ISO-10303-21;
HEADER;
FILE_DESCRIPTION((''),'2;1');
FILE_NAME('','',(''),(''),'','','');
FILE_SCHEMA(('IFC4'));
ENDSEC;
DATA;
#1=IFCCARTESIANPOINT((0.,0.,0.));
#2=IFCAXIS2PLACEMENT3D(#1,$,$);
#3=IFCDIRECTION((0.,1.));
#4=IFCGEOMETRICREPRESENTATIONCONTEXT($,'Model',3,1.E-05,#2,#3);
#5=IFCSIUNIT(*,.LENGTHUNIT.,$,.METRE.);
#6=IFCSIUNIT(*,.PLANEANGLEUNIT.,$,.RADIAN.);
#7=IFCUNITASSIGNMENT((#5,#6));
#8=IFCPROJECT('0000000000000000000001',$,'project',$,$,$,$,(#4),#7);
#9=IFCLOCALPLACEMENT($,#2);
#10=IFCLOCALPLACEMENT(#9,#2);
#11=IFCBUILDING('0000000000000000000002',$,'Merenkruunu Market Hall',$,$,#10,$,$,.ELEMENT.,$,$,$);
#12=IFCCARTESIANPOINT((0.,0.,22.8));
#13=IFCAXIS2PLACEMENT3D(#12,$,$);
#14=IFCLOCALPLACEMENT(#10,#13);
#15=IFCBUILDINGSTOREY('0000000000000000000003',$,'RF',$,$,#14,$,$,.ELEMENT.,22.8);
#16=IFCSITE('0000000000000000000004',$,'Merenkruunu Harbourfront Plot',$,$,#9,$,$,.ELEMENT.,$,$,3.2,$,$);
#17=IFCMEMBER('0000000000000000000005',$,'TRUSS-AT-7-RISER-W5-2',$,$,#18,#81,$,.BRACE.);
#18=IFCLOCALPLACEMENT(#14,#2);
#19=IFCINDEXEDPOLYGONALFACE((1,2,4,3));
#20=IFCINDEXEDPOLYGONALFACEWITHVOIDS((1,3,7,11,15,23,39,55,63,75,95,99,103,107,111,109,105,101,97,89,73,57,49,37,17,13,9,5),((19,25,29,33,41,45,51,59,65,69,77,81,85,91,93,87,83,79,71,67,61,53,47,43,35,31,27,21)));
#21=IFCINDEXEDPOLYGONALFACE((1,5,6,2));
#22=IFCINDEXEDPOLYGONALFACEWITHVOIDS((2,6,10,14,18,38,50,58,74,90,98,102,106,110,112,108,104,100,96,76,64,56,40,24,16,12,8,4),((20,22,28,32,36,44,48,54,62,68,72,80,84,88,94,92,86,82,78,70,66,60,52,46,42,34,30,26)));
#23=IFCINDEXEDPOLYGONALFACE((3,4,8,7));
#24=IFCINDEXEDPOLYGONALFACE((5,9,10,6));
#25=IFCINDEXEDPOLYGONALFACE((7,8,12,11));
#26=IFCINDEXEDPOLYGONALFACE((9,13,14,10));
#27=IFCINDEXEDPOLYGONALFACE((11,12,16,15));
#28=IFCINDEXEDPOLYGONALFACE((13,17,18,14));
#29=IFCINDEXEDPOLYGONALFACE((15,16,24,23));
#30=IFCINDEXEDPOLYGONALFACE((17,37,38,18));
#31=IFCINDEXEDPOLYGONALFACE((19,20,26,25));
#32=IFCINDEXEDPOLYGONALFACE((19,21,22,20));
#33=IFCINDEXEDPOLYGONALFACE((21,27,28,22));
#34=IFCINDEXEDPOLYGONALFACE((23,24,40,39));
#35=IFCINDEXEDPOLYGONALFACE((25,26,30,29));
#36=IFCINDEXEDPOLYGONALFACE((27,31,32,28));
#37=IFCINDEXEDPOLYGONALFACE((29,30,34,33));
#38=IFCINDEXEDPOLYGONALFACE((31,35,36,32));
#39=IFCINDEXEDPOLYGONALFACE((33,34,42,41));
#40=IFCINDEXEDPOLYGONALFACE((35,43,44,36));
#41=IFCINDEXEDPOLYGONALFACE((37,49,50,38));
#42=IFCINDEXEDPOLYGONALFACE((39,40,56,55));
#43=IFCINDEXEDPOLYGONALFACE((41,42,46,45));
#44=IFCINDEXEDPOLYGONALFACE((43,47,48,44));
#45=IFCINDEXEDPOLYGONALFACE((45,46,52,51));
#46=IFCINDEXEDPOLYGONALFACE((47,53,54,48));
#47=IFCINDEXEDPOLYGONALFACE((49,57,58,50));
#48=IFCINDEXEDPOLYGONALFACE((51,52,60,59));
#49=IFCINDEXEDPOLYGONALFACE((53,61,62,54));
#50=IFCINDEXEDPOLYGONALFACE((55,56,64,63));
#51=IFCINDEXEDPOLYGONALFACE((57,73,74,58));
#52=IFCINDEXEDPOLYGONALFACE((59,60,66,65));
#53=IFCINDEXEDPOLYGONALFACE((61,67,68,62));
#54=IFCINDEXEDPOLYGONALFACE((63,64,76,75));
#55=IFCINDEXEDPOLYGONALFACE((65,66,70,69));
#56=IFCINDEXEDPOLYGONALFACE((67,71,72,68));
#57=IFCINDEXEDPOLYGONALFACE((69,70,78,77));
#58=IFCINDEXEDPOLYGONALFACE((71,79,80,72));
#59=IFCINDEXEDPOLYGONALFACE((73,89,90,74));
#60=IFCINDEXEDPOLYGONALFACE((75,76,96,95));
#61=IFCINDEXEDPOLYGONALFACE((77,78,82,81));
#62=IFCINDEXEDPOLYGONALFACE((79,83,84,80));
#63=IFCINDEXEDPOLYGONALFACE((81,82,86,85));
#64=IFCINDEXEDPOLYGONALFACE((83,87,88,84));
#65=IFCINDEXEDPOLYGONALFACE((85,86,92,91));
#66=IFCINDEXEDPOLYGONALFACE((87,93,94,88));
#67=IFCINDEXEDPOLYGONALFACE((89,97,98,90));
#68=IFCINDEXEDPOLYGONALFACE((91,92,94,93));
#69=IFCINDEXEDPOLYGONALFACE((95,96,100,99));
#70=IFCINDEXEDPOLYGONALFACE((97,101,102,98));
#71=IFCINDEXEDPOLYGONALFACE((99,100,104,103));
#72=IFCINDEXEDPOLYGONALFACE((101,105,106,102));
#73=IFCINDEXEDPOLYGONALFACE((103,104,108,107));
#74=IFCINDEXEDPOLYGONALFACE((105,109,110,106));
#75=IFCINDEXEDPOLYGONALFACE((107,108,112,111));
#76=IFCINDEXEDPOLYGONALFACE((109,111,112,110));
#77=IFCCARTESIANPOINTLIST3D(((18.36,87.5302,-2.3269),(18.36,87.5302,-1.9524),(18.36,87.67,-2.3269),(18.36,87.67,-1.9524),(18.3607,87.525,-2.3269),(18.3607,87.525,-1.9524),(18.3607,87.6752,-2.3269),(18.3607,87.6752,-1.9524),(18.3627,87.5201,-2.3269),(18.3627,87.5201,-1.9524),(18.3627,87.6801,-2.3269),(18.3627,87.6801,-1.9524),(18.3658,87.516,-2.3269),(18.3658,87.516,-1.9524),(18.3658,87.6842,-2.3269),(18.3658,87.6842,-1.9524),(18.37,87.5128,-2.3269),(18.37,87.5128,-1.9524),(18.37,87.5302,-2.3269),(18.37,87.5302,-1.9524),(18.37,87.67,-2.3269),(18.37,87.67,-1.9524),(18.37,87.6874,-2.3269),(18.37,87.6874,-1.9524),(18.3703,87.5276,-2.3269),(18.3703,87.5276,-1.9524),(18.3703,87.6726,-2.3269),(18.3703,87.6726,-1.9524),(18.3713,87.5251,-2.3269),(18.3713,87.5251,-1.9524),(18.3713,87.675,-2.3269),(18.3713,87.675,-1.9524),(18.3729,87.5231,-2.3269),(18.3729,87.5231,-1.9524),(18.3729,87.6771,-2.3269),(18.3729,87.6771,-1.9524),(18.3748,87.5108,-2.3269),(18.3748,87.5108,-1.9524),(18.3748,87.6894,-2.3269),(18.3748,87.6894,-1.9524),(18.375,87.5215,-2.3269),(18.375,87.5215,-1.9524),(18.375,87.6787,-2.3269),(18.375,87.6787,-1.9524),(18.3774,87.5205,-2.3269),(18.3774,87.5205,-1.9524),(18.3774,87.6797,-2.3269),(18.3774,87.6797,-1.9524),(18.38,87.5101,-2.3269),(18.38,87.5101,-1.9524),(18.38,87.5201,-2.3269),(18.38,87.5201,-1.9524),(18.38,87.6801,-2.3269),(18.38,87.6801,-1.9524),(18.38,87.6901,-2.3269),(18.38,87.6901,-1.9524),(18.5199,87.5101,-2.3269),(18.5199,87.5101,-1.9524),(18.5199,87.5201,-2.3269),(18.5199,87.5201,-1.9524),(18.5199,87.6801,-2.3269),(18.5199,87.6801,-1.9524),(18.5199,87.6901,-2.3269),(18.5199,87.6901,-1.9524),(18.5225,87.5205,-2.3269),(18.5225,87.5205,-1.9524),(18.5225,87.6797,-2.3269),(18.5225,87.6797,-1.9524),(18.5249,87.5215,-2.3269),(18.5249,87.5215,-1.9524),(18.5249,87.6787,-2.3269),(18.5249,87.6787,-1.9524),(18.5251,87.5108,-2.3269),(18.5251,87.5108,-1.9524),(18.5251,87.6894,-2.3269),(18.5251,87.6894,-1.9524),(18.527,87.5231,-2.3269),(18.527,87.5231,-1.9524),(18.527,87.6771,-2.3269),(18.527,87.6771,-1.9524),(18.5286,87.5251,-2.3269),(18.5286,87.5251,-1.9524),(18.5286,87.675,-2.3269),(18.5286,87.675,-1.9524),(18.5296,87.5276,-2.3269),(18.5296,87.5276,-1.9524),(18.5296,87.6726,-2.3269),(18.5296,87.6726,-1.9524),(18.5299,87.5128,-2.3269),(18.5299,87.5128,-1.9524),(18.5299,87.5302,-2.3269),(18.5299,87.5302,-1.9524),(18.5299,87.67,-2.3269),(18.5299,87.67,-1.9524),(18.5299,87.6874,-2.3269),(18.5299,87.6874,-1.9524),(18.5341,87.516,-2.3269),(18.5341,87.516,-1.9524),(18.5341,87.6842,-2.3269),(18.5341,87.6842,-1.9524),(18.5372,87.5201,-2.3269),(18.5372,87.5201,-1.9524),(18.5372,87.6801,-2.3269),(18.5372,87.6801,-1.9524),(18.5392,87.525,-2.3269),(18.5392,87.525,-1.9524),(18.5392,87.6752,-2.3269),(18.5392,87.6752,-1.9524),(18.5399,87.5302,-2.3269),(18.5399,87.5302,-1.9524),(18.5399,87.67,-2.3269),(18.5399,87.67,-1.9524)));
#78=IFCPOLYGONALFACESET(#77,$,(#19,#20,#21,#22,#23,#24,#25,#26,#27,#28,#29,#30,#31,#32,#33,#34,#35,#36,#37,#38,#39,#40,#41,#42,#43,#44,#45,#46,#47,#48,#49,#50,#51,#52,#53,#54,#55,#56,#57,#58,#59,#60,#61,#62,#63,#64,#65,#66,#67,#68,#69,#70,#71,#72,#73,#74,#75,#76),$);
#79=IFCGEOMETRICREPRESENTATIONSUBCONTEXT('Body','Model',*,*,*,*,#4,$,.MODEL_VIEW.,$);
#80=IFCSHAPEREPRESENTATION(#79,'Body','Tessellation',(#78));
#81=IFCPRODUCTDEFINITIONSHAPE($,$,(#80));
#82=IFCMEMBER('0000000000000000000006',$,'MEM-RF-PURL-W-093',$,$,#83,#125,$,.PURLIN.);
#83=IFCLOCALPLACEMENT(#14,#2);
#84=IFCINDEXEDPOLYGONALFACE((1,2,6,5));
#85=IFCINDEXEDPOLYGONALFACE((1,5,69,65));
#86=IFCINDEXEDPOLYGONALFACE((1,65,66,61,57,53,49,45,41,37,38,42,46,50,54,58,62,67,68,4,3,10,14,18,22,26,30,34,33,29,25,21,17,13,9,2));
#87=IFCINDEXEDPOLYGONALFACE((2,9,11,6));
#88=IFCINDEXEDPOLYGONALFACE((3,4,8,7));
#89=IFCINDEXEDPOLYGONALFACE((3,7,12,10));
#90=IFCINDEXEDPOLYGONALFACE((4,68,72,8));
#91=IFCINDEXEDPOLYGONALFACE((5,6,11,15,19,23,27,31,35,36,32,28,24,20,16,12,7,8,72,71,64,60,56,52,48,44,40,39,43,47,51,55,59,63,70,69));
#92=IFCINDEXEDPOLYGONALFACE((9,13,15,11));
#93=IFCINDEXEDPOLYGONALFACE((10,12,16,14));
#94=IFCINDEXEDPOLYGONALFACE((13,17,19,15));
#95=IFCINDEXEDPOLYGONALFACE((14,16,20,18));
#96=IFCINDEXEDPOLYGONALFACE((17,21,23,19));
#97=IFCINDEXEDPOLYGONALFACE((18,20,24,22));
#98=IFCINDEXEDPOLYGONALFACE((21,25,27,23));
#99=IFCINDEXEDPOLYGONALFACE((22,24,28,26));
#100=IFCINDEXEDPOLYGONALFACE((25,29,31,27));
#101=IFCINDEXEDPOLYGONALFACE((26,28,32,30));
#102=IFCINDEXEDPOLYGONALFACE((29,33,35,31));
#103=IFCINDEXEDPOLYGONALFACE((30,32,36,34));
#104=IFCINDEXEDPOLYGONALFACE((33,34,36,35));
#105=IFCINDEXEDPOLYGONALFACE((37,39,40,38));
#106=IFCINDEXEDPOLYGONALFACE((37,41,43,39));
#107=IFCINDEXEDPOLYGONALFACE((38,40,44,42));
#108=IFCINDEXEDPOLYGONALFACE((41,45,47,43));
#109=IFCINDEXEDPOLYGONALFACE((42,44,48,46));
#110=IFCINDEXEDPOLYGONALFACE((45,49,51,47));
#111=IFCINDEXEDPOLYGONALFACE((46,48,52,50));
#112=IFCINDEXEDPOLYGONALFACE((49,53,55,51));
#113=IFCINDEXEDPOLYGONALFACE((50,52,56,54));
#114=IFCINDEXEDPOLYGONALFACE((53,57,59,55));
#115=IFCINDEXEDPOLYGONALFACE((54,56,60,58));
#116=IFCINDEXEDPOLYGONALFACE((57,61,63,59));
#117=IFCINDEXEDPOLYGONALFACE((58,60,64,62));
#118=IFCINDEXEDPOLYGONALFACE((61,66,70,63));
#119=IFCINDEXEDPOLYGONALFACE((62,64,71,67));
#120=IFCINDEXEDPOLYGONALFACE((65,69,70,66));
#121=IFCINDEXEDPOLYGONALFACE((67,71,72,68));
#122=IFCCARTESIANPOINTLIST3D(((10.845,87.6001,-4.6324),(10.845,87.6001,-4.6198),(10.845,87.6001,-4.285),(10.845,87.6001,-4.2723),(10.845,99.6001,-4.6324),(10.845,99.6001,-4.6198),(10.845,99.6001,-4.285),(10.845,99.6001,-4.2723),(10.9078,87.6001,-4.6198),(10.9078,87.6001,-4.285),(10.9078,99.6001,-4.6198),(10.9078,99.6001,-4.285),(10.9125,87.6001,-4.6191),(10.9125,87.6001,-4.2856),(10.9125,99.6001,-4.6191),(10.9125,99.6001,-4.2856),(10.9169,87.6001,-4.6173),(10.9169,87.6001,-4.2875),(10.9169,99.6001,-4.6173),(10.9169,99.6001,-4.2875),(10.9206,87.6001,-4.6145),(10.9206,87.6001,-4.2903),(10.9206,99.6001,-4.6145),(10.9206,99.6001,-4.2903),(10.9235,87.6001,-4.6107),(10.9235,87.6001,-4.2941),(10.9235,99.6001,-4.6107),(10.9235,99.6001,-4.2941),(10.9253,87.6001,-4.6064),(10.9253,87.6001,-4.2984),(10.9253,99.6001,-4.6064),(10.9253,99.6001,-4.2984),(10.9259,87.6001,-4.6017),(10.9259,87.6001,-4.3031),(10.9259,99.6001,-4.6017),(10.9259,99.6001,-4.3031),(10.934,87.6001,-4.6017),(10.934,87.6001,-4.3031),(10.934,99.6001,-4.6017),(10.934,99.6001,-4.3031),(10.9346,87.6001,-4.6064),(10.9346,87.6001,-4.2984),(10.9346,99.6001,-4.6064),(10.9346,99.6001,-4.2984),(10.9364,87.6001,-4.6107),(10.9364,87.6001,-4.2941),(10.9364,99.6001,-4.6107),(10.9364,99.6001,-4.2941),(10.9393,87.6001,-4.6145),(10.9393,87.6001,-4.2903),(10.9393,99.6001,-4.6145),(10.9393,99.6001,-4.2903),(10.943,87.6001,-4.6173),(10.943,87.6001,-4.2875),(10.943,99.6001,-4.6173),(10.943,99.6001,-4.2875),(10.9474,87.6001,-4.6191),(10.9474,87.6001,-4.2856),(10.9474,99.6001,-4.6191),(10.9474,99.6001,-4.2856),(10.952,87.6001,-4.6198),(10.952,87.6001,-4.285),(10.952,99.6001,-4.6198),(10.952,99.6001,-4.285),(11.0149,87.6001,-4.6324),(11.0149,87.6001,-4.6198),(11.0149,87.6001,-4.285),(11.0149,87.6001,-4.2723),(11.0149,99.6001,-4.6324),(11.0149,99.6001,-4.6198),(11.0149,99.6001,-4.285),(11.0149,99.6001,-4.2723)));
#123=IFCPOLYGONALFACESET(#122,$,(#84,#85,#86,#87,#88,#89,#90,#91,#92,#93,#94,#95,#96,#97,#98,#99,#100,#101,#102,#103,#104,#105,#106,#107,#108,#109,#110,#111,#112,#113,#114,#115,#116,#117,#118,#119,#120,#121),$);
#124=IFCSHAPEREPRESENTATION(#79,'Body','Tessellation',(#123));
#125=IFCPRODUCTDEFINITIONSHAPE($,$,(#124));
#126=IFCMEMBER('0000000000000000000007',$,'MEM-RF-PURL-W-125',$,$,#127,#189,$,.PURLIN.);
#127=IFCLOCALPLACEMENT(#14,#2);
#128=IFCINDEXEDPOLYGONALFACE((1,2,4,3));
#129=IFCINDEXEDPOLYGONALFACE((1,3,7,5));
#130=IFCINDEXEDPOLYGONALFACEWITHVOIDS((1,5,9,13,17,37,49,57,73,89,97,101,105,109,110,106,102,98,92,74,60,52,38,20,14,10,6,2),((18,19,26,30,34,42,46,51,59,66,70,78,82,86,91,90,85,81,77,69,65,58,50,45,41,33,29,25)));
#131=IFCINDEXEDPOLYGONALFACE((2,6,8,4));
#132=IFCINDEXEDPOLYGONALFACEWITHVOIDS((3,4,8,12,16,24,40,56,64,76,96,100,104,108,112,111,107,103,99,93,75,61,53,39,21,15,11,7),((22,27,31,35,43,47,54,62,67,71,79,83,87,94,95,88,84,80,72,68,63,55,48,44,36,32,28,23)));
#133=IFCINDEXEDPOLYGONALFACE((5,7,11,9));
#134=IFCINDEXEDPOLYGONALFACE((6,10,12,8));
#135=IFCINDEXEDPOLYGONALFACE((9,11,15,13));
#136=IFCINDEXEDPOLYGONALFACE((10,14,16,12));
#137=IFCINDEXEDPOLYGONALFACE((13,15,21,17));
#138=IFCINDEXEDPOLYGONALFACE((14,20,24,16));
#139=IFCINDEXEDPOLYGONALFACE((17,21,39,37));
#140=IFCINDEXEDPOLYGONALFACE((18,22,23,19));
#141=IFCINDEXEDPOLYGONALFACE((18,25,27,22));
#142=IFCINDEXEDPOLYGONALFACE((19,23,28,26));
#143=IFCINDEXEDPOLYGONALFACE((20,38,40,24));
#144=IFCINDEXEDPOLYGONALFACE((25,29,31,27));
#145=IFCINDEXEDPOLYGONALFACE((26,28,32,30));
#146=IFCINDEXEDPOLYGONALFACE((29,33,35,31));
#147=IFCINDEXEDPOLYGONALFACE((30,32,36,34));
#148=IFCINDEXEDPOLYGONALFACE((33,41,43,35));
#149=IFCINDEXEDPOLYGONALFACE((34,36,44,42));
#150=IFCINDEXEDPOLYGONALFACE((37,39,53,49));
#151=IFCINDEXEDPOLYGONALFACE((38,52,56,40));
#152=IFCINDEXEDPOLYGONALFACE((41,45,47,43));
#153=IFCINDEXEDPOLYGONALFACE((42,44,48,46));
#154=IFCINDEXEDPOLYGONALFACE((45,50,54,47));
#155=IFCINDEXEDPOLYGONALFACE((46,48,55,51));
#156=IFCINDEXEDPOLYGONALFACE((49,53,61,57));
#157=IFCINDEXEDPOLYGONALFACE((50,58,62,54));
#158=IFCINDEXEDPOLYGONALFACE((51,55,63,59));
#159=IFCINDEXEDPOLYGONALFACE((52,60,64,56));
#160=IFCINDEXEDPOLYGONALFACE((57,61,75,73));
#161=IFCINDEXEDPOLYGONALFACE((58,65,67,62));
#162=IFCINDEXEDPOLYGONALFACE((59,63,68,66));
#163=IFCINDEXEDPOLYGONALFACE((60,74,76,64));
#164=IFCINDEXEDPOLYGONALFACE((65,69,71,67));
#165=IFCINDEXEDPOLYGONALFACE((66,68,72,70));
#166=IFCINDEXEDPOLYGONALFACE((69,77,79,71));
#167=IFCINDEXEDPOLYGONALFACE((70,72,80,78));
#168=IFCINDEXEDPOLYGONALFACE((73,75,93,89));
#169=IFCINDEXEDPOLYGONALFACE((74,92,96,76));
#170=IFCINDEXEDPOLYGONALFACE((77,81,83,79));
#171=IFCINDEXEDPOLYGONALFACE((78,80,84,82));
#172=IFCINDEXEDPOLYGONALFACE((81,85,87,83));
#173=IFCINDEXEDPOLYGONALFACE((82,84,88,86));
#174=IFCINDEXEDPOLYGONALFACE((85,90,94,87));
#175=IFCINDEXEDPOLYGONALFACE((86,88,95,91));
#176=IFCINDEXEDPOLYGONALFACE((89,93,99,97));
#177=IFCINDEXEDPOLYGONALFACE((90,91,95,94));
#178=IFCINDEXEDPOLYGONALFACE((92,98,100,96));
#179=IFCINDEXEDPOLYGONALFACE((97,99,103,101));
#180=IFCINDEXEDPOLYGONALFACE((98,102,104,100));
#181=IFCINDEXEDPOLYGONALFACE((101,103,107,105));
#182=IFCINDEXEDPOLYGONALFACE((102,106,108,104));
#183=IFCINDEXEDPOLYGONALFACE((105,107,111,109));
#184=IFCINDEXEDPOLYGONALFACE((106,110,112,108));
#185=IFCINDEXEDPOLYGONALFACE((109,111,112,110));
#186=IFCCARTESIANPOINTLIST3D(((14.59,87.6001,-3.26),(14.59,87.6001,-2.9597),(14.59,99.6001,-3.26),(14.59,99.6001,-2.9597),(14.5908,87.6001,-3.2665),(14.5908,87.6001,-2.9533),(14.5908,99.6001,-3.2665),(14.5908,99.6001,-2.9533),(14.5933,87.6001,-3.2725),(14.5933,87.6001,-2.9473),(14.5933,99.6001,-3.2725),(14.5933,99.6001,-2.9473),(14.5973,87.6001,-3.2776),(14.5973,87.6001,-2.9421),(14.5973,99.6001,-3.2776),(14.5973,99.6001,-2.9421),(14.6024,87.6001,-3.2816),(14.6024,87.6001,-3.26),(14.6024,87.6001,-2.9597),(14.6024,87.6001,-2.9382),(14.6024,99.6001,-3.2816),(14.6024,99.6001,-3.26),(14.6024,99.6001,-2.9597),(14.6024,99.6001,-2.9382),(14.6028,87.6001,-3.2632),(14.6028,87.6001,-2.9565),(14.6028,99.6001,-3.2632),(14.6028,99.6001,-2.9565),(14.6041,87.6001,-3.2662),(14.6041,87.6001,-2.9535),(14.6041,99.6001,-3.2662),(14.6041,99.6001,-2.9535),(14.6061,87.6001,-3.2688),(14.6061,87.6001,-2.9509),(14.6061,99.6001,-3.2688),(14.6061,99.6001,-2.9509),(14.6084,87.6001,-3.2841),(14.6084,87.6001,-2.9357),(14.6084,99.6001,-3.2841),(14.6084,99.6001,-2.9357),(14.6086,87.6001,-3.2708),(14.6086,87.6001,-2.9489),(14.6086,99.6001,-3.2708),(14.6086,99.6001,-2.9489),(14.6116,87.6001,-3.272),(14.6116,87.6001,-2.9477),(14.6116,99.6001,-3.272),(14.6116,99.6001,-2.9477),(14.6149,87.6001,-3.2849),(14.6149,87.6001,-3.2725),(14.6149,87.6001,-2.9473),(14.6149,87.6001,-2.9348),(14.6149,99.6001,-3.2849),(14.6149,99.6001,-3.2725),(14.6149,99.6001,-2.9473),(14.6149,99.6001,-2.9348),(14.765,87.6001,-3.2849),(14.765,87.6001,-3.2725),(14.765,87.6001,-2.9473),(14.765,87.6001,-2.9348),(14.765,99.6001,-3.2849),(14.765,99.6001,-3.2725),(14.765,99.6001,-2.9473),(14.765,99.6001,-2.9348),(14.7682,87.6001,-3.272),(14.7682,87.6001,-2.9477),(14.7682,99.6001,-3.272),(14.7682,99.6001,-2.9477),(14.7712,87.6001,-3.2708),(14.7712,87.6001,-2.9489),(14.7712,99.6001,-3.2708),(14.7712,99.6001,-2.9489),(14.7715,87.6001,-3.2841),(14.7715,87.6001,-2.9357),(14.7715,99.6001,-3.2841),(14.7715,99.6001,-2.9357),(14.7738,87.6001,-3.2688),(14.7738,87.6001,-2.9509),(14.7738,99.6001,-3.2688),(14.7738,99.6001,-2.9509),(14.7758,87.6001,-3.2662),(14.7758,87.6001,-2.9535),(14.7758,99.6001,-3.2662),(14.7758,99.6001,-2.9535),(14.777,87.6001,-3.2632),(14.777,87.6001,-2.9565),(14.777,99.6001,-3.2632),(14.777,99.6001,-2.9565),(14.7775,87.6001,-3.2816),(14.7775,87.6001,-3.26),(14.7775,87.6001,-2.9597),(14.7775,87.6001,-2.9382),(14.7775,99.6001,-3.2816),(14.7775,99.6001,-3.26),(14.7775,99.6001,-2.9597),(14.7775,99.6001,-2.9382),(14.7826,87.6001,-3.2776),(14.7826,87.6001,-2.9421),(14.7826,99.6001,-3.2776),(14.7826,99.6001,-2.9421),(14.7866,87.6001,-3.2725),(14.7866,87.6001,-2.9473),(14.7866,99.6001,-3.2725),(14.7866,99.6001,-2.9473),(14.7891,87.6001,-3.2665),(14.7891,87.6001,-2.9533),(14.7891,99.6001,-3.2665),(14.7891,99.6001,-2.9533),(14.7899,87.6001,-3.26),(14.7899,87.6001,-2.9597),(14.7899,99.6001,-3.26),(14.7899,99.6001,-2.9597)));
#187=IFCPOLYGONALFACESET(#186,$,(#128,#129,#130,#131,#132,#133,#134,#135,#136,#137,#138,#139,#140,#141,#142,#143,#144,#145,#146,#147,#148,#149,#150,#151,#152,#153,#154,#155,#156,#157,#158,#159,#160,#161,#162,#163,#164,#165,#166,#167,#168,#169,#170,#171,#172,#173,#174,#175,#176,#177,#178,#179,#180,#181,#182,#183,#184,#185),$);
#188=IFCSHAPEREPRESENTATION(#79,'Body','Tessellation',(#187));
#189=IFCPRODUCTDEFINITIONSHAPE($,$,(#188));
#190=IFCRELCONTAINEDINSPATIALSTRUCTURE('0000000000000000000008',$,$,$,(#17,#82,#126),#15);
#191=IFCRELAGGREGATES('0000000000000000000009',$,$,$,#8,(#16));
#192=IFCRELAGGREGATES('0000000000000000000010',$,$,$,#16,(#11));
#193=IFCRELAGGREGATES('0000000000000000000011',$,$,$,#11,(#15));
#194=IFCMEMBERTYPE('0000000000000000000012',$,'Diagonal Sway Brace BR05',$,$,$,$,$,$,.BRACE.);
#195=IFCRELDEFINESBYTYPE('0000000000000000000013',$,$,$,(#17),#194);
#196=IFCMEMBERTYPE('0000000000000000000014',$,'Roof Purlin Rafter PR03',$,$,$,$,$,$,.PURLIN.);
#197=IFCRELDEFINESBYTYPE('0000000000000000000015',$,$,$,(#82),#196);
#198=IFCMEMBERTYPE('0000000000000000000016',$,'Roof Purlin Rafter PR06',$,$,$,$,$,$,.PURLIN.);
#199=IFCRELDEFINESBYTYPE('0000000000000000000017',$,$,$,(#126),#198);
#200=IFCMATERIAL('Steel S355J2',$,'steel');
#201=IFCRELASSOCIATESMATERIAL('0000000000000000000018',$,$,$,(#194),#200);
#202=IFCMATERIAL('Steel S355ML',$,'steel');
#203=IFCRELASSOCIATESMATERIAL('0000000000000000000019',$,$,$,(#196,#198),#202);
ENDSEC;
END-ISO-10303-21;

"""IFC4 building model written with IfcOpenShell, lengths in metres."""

from ifc_helpers import new_model, si_unit, direction, frame, origin, origin_2d, place, context, subcontext, project, spatial, hollow_rectangle, i_section, extrude, material, material_profile, profile_set, type_object, element, save


model = new_model("IFC4")

# Units and contexts
model_context = context("Model", 3, precision=1e-05, world=origin(), true_north=direction((0.0, 1.0)))
body_context = subcontext(model_context, "Body", "Model", "MODEL_VIEW")
ifc_project = project(units=[si_unit("LENGTHUNIT", "METRE"), si_unit("PLANEANGLEUNIT", "RADIAN")], contexts=[model_context])

# Site, building, storey
site_placement = place(None, origin())
site = spatial("IfcSite", under=ifc_project, at=site_placement, Name="Merenkruunu Harbourfront Plot", CompositionType="ELEMENT", RefElevation=3.2)
building_placement = place(site_placement, origin())
building = spatial("IfcBuilding", under=site, at=building_placement, Name="Merenkruunu Market Hall", CompositionType="ELEMENT")
storey_placement = place(building_placement, frame((0.0, 0.0, 22.8)))
storey = spatial("IfcBuildingStorey", under=building, at=storey_placement, Name="RF", CompositionType="ELEMENT", Elevation=22.8)

# Shared definitions
ifc_material_1 = material(Name="Steel S355ML", Category="steel")

# Members
ifc_material_2 = material(Name="Steel S355J2", Category="steel")
ifc_material_profile_1 = material_profile(ifc_material_2, hollow_rectangle(XDim=0.1799, YDim=0.1799, WallThickness=0.01, InnerFilletRadius=0.01, OuterFilletRadius=0.02, at=origin_2d()), Name="SHS 180x180x10")
ifc_profile_set_1 = profile_set([ifc_material_profile_1], Name="Steel S355J2")
member_type_1 = type_object("IfcMemberType", Name="Diagonal Sway Brace BR05", PredefinedType="BRACE", material=ifc_profile_set_1)
member_1_placement = place(storey_placement, frame((18.45, 87.6001, -2.3269), z_axis=(0.0, 0.0, 1.0), x_axis=(1.0, 0.0, 0.0)))
element("IfcMember", 1, at=member_1_placement, inside=storey, type_object=member_type_1, Name="TRUSS-AT-7-RISER-W5-2", PredefinedType="BRACE", context=body_context, shape_type="SweptSolid", body=[
    extrude(hollow_rectangle(XDim=0.1799, YDim=0.1799, WallThickness=0.01, InnerFilletRadius=0.01, OuterFilletRadius=0.02, at=origin_2d()), origin(), (0.0, 0.0, 1.0), 0.3745),
])
ifc_material_profile_2 = material_profile(ifc_material_1, i_section(OverallWidth=0.1699, OverallDepth=0.3601, WebThickness=0.0081, FlangeThickness=0.0127, FilletRadius=0.0181, at=origin_2d()), Name="IPE 360")
ifc_profile_set_2 = profile_set([ifc_material_profile_2], Name="Steel S355ML")
member_type_2 = type_object("IfcMemberType", Name="Roof Purlin Rafter PR03", PredefinedType="PURLIN", material=ifc_profile_set_2)
member_2_placement = place(storey_placement, frame((10.9299, 87.6001, -4.4524), z_axis=(0.0, 1.0, 0.0), x_axis=(-1.0, 0.0, 0.0)))
element("IfcMember", 2, at=member_2_placement, inside=storey, type_object=member_type_2, Name="MEM-RF-PURL-W-093", PredefinedType="PURLIN", context=body_context, shape_type="SweptSolid", body=[
    extrude(i_section(OverallWidth=0.1699, OverallDepth=0.3601, WebThickness=0.0081, FlangeThickness=0.0127, FilletRadius=0.0181, at=origin_2d()), origin(), (0.0, 0.0, 1.0), 12.0),
])
ifc_material_profile_3 = material_profile(ifc_material_1, hollow_rectangle(XDim=0.2, YDim=0.3501, WallThickness=0.0125, InnerFilletRadius=0.0125, OuterFilletRadius=0.0249, at=origin_2d()), Name="RHS 350x200x12.5")
ifc_profile_set_3 = profile_set([ifc_material_profile_3], Name="Steel S355ML")
member_type_3 = type_object("IfcMemberType", Name="Roof Purlin Rafter PR06", PredefinedType="PURLIN", material=ifc_profile_set_3)
member_3_placement = place(storey_placement, frame((14.6899, 87.6001, -3.1099), z_axis=(0.0, 1.0, 0.0), x_axis=(-1.0, 0.0, 0.0)))
element("IfcMember", 3, at=member_3_placement, inside=storey, type_object=member_type_3, Name="MEM-RF-PURL-W-125", PredefinedType="PURLIN", context=body_context, shape_type="SweptSolid", body=[
    extrude(hollow_rectangle(XDim=0.2, YDim=0.3501, WallThickness=0.0125, InnerFilletRadius=0.0125, OuterFilletRadius=0.0249, at=origin_2d()), origin(), (0.0, 0.0, 1.0), 12.0),
])

save(model, "model.ifc")
